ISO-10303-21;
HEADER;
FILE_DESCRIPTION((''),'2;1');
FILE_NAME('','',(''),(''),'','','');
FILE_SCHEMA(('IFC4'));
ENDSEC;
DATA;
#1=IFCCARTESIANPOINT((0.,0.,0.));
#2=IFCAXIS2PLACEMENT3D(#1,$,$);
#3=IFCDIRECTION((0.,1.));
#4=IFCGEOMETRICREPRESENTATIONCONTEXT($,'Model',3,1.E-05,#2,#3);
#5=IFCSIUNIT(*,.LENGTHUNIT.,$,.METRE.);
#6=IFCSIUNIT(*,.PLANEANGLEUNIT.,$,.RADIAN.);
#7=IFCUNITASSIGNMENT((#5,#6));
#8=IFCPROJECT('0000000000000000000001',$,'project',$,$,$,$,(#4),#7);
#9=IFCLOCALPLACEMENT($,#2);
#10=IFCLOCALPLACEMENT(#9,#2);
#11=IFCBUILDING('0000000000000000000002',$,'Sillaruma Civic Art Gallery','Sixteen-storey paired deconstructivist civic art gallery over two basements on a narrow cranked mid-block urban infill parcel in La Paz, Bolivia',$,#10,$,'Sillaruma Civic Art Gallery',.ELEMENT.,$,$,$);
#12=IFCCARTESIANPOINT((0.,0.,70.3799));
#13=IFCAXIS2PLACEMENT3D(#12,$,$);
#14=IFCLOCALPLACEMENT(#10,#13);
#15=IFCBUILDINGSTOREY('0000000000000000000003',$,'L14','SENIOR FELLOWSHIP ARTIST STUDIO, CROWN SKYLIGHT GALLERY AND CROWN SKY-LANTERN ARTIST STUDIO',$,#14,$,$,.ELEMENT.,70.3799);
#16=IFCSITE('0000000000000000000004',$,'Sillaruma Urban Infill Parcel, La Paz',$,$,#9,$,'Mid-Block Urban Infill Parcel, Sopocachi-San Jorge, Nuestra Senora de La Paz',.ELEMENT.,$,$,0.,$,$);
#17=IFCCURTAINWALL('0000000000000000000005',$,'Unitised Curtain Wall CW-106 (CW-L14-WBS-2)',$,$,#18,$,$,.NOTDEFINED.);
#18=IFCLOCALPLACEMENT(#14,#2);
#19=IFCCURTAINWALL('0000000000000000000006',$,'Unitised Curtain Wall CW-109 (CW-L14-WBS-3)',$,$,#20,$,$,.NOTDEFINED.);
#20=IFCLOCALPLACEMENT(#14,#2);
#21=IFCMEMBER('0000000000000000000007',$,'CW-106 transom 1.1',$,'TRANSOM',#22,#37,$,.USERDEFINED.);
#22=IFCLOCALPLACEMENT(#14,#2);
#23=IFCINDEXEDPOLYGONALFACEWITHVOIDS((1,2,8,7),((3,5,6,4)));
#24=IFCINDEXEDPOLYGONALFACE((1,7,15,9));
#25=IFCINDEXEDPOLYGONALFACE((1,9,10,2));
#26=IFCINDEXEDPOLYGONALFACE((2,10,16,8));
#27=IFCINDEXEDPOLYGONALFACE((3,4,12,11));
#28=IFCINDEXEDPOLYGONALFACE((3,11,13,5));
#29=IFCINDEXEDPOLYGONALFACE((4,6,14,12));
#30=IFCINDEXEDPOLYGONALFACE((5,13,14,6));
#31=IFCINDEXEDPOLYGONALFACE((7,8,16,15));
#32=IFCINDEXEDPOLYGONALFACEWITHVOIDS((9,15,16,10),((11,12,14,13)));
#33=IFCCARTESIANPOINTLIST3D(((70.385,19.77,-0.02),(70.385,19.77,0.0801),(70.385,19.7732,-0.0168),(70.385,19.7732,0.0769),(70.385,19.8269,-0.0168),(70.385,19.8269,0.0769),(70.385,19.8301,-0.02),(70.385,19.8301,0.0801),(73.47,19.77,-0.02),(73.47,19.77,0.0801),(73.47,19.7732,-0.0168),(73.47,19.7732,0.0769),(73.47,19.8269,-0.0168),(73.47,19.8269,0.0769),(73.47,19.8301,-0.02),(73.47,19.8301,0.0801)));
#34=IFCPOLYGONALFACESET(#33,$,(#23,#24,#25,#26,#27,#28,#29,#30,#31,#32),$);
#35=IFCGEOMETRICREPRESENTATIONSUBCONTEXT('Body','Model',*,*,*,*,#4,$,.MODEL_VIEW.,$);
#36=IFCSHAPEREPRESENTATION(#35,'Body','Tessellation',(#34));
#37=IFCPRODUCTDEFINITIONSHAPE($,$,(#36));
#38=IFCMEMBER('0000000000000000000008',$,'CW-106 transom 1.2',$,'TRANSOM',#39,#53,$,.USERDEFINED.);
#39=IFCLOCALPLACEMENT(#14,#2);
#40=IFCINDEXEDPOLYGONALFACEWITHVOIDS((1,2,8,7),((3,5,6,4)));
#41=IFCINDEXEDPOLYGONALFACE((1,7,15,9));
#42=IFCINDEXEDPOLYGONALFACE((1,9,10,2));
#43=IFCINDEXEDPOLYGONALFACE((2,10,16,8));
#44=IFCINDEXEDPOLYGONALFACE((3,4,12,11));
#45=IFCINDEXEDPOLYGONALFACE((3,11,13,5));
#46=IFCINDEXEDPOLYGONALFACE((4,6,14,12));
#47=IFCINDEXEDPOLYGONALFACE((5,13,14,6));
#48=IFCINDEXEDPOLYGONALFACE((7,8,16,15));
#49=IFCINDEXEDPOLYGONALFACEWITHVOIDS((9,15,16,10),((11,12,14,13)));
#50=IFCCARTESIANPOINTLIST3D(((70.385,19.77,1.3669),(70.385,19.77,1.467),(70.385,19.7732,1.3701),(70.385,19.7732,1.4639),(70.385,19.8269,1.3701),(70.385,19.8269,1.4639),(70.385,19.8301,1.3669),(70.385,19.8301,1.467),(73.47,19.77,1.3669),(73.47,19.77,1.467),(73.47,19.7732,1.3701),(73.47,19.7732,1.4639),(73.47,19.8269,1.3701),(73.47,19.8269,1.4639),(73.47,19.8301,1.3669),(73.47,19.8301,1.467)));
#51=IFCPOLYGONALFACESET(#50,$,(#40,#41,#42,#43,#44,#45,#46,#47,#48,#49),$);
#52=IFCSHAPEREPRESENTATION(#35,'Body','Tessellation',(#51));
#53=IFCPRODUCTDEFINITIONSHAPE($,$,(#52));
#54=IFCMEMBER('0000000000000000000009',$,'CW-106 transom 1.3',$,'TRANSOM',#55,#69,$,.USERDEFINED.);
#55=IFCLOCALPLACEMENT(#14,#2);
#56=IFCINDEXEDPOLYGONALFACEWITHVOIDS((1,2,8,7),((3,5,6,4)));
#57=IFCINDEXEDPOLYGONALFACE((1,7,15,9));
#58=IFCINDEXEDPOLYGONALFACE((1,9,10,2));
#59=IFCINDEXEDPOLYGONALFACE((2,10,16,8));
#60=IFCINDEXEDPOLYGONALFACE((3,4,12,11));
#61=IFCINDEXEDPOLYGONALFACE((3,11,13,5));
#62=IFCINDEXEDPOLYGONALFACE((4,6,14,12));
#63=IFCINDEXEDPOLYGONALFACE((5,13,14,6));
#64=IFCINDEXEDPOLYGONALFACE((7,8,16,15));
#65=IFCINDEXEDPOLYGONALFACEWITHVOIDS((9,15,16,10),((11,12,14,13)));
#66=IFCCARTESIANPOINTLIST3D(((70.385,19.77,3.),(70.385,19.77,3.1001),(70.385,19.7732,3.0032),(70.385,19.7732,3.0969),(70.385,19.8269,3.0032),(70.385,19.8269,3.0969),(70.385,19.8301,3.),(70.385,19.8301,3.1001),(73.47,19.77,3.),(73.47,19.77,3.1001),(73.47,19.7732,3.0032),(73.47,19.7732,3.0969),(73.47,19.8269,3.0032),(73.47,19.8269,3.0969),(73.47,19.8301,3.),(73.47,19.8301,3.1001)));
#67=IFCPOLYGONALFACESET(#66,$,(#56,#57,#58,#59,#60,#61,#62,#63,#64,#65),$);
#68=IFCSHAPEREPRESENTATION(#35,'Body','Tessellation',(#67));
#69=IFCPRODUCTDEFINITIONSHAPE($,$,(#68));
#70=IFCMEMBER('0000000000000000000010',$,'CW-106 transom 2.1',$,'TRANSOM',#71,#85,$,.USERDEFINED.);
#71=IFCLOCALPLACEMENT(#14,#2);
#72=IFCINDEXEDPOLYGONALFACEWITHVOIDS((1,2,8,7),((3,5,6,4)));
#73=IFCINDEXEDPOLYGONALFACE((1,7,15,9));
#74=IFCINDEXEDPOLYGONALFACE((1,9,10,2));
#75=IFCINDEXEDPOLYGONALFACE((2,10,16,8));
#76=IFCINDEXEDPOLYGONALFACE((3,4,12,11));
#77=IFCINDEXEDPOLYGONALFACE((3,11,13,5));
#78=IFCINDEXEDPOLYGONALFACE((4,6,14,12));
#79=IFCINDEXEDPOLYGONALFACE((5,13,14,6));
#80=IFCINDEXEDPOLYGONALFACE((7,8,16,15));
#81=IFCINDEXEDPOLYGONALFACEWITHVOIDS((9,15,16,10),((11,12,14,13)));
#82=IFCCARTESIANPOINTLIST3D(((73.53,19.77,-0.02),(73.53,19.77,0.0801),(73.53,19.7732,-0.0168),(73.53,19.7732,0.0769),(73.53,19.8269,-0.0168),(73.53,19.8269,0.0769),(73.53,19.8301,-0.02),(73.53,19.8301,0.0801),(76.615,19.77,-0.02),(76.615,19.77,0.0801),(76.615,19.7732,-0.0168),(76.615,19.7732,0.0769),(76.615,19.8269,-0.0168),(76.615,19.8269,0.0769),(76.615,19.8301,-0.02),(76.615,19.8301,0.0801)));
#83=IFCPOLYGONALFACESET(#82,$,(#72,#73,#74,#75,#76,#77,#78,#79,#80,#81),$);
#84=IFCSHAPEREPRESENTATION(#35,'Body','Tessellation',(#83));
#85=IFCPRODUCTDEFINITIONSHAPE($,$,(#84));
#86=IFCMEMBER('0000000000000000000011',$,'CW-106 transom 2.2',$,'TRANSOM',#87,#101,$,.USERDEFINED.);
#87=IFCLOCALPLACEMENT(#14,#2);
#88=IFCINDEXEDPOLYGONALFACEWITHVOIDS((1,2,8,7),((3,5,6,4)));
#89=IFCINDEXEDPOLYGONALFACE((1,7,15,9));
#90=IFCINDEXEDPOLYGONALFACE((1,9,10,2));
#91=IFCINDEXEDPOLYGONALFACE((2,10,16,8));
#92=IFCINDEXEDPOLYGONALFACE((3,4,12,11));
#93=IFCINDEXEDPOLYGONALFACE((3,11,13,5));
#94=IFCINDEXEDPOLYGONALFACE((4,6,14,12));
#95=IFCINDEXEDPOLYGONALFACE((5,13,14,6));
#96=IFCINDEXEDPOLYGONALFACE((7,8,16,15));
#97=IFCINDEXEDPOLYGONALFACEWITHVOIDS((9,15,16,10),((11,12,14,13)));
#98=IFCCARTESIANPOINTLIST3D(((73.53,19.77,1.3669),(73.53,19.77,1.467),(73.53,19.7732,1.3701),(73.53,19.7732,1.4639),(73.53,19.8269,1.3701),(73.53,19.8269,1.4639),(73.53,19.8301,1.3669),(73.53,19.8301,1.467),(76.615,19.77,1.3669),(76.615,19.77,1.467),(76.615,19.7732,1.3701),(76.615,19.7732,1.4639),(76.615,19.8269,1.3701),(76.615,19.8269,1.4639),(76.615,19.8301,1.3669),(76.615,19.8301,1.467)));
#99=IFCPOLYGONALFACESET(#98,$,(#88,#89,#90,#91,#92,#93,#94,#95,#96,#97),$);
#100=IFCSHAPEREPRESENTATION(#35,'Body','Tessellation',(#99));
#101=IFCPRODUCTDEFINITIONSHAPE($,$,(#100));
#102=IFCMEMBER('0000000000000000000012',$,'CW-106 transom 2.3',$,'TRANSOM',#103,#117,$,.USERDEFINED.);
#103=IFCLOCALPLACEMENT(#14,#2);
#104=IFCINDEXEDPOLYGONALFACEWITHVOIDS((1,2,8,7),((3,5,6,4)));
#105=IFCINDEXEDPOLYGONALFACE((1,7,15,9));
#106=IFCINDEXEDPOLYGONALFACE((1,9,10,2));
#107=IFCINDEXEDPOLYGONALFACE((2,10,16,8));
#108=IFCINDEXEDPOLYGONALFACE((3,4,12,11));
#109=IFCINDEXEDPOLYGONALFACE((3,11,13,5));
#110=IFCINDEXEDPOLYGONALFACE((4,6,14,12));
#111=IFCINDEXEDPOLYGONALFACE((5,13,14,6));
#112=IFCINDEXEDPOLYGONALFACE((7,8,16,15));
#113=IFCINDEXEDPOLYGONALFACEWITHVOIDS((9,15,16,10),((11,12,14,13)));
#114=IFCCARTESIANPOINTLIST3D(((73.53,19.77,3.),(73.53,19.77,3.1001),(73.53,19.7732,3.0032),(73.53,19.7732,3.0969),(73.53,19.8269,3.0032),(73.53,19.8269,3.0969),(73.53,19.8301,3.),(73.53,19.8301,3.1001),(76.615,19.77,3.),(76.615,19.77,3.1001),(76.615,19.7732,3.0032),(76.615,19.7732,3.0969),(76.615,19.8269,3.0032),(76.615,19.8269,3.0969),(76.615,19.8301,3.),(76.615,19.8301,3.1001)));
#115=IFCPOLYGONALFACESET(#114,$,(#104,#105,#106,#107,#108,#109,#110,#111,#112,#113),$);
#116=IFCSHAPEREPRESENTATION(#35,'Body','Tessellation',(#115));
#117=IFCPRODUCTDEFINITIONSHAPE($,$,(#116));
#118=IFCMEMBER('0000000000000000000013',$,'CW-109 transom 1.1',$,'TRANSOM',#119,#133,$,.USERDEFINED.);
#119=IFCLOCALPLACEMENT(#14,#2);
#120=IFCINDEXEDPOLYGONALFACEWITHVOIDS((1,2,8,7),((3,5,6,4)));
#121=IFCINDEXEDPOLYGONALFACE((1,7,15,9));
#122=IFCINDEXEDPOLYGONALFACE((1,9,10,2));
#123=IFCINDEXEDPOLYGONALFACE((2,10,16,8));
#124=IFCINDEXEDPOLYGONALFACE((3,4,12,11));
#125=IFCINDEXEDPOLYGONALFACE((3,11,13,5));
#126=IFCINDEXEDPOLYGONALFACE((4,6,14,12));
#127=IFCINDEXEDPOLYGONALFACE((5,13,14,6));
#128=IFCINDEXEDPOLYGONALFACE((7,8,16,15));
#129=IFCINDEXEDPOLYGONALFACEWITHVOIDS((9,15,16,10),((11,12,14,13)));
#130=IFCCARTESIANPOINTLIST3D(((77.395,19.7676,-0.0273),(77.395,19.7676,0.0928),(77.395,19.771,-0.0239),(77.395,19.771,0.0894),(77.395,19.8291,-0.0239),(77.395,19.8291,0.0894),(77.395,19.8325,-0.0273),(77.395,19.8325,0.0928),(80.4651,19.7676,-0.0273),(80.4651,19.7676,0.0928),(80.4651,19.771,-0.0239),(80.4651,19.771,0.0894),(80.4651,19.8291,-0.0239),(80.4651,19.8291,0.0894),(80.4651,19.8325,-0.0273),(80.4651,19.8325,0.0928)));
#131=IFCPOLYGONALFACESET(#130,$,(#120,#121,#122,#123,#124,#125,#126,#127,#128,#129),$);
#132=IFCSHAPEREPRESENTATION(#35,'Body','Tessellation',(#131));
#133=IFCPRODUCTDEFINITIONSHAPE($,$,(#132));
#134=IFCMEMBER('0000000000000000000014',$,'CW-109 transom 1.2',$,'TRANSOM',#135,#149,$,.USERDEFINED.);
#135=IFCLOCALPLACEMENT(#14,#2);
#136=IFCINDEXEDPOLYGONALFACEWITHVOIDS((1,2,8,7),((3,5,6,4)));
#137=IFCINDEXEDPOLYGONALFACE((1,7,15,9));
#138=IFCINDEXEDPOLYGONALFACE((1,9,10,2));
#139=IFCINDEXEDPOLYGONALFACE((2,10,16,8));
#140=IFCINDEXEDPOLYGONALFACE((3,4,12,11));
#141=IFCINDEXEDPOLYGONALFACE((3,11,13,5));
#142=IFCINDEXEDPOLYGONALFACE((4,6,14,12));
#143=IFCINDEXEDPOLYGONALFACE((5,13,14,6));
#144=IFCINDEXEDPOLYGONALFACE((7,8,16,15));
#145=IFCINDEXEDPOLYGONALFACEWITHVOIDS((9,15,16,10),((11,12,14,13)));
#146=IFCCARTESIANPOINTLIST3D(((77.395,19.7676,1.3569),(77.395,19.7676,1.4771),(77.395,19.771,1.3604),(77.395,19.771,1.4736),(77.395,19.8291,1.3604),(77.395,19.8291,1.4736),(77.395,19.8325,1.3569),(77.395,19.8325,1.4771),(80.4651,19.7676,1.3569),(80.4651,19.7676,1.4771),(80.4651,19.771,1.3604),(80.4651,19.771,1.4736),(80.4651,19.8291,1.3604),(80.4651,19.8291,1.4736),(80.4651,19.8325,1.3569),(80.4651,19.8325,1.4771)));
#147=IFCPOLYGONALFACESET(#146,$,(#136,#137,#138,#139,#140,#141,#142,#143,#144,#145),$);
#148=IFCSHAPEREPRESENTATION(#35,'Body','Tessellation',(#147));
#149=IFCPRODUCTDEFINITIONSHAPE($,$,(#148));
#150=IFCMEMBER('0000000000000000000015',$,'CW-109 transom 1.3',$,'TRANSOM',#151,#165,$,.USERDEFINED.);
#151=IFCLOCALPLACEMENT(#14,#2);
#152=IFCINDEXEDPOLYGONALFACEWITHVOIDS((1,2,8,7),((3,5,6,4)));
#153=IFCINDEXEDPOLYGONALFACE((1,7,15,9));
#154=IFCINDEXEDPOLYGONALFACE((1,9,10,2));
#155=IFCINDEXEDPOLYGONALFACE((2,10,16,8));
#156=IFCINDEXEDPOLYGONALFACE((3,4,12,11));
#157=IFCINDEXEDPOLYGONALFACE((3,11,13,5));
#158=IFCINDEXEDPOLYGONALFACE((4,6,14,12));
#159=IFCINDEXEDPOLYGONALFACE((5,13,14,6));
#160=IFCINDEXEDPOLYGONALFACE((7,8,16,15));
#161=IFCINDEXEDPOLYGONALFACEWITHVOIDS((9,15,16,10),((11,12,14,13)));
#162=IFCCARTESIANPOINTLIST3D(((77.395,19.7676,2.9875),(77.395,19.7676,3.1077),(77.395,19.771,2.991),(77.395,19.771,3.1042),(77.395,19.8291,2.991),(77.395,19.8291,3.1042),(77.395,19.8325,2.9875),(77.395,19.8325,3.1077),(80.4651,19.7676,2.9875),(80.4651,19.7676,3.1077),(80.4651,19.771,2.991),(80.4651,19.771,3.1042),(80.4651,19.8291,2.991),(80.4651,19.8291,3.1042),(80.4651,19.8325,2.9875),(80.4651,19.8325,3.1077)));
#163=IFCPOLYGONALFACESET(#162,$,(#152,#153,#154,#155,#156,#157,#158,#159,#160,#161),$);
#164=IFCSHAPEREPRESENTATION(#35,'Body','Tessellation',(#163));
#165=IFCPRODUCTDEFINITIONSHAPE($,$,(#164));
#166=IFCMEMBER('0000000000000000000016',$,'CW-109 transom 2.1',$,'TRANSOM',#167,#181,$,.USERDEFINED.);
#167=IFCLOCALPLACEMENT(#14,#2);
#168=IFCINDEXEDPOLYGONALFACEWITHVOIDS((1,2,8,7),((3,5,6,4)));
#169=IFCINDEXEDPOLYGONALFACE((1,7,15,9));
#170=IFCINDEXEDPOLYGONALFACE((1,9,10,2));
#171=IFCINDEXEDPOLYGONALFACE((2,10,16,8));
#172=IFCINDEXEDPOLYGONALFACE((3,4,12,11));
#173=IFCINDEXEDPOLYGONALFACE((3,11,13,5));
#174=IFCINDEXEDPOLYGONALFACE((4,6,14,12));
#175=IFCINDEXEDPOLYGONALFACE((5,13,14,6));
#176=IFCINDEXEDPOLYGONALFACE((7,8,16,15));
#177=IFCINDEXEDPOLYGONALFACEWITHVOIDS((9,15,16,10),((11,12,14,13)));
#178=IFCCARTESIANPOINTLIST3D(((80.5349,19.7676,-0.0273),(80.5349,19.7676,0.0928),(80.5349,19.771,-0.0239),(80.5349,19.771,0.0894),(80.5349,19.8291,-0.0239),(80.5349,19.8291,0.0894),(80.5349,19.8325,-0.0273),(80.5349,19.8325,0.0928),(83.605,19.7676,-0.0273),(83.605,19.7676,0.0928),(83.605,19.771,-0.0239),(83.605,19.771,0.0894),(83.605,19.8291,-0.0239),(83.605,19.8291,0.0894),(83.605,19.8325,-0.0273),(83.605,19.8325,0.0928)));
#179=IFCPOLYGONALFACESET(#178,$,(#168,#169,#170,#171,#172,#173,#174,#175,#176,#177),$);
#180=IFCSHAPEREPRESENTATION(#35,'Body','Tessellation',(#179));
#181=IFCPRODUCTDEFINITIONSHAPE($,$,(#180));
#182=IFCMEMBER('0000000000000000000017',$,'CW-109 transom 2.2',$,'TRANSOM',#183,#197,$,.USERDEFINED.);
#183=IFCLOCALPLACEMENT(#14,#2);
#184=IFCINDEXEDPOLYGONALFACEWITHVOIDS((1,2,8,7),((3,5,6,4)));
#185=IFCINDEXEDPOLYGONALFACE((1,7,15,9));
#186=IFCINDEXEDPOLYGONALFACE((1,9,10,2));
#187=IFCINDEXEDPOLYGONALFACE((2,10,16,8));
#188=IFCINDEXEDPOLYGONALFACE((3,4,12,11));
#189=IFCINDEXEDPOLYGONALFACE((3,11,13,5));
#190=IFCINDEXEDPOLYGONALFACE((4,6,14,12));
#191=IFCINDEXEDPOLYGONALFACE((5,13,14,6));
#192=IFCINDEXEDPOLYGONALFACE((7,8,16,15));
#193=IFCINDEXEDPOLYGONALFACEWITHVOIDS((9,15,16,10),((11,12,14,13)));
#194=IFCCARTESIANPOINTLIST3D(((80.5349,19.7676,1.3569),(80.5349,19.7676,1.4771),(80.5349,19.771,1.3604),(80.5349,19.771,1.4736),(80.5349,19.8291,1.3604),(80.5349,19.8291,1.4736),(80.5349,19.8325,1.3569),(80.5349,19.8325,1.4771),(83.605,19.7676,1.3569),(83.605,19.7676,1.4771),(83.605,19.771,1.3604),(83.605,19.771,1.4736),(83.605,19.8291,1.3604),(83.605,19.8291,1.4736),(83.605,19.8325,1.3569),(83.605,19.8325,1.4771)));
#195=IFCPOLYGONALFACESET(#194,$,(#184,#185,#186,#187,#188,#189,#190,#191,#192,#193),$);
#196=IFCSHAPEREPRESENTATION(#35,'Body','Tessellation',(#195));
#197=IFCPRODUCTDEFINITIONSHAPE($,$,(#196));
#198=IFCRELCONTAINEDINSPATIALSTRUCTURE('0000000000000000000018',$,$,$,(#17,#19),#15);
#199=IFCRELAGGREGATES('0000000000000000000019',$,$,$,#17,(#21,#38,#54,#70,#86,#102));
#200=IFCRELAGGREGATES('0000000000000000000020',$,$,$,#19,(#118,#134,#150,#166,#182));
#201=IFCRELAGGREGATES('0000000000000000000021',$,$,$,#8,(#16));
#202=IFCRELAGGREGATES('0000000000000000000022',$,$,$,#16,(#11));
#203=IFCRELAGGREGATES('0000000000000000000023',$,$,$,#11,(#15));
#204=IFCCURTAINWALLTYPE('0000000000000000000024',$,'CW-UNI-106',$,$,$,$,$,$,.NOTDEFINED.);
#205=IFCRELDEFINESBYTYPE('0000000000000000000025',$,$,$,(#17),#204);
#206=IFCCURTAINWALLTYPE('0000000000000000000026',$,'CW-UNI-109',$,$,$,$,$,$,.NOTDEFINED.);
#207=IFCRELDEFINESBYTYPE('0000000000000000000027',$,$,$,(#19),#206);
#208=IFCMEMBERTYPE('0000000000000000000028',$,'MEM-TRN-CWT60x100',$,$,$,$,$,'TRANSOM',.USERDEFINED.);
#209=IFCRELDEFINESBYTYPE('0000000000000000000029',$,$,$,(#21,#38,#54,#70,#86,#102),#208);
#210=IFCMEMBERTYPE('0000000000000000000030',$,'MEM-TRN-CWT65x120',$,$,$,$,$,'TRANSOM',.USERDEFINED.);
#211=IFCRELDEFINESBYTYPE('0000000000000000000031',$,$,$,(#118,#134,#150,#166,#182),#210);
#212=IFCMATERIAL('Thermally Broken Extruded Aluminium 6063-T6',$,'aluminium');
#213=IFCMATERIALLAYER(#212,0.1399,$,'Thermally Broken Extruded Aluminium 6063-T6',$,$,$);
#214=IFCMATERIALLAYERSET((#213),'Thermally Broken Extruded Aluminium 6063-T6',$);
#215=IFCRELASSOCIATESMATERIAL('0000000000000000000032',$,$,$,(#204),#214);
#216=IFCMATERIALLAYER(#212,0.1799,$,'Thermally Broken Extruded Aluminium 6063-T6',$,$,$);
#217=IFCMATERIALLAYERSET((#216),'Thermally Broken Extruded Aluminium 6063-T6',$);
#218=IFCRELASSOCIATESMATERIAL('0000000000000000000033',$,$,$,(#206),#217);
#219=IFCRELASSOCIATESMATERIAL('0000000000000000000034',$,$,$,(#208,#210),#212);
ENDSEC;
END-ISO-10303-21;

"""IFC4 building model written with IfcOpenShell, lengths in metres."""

from ifc_helpers import new_model, si_unit, direction, frame, origin, origin_2d, place, context, subcontext, project, spatial, hollow_rectangle, extrude, material, layer, layer_set, material_profile, profile_set, type_object, element, aggregate, save


model = new_model("IFC4")

# Units and contexts
model_context = context("Model", 3, precision=1e-05, world=origin(), true_north=direction((0.0, 1.0)))
body_context = subcontext(model_context, "Body", "Model", "MODEL_VIEW")
ifc_project = project(units=[si_unit("LENGTHUNIT", "METRE"), si_unit("PLANEANGLEUNIT", "RADIAN")], contexts=[model_context])

# Site, building, storey
site_placement = place(None, origin())
site = spatial("IfcSite", under=ifc_project, at=site_placement, Name="Sillaruma Urban Infill Parcel, La Paz", LongName="Mid-Block Urban Infill Parcel, Sopocachi-San Jorge, Nuestra Senora de La Paz", CompositionType="ELEMENT", RefElevation=0.0)
building_placement = place(site_placement, origin())
building = spatial("IfcBuilding", under=site, at=building_placement, Name="Sillaruma Civic Art Gallery", Description="Sixteen-storey paired deconstructivist civic art gallery over two basements on a narrow cranked mid-block urban infill parcel in La Paz, Bolivia", LongName="Sillaruma Civic Art Gallery", CompositionType="ELEMENT")
storey_placement = place(building_placement, frame((0.0, 0.0, 70.3799)))
storey = spatial("IfcBuildingStorey", under=building, at=storey_placement, Name="L14", Description="SENIOR FELLOWSHIP ARTIST STUDIO, CROWN SKYLIGHT GALLERY AND CROWN SKY-LANTERN ARTIST STUDIO", CompositionType="ELEMENT", Elevation=70.3799)

# Curtain walls
ifc_material_1 = material(Name="Thermally Broken Extruded Aluminium 6063-T6", Category="aluminium")
ifc_layer_1 = layer(ifc_material_1, 0.1399, Name="Thermally Broken Extruded Aluminium 6063-T6")
ifc_layer_set_1 = layer_set([ifc_layer_1], Name="Thermally Broken Extruded Aluminium 6063-T6")
curtain_wall_type_1 = type_object("IfcCurtainWallType", Name="CW-UNI-106", PredefinedType="NOTDEFINED", material=ifc_layer_set_1)
curtain_wall_1_placement = place(storey_placement, origin())
curtain_wall_1 = element("IfcCurtainWall", 1, at=curtain_wall_1_placement, inside=storey, type_object=curtain_wall_type_1, Name="Unitised Curtain Wall CW-106 (CW-L14-WBS-2)", PredefinedType="NOTDEFINED")
ifc_layer_2 = layer(ifc_material_1, 0.1799, Name="Thermally Broken Extruded Aluminium 6063-T6")
ifc_layer_set_2 = layer_set([ifc_layer_2], Name="Thermally Broken Extruded Aluminium 6063-T6")
curtain_wall_type_2 = type_object("IfcCurtainWallType", Name="CW-UNI-109", PredefinedType="NOTDEFINED", material=ifc_layer_set_2)
curtain_wall_2_placement = place(storey_placement, origin())
curtain_wall_2 = element("IfcCurtainWall", 2, at=curtain_wall_2_placement, inside=storey, type_object=curtain_wall_type_2, Name="Unitised Curtain Wall CW-109 (CW-L14-WBS-3)", PredefinedType="NOTDEFINED")

# Members
ifc_material_profile_1 = material_profile(ifc_material_1, hollow_rectangle(XDim=0.0601, YDim=0.1001, WallThickness=0.0032, at=origin_2d()), Name="CWT60x100")
ifc_profile_set_1 = profile_set([ifc_material_profile_1], Name="Thermally Broken Extruded Aluminium 6063-T6")
member_type_1 = type_object("IfcMemberType", Name="MEM-TRN-CWT60x100", ElementType="TRANSOM", PredefinedType="USERDEFINED", material=ifc_profile_set_1)
member_1_placement = place(storey_placement, frame((70.385, 19.8, 0.03), z_axis=(1.0, 0.0, 0.0), x_axis=(0.0, 1.0, 0.0)))
member_1 = element("IfcMember", 3, at=member_1_placement, type_object=member_type_1, Name="CW-106 transom 1.1", ObjectType="TRANSOM", PredefinedType="USERDEFINED", context=body_context, shape_type="SweptSolid", body=[
    extrude(hollow_rectangle(XDim=0.0601, YDim=0.1001, WallThickness=0.0032, at=origin_2d()), origin(), (0.0, 0.0, 1.0), 3.085),
])
member_2_placement = place(storey_placement, frame((70.385, 19.8, 1.417), z_axis=(1.0, 0.0, 0.0), x_axis=(0.0, 1.0, 0.0)))
member_2 = element("IfcMember", 4, at=member_2_placement, type_object=member_type_1, Name="CW-106 transom 1.2", ObjectType="TRANSOM", PredefinedType="USERDEFINED", context=body_context, shape_type="SweptSolid", body=[
    extrude(hollow_rectangle(XDim=0.0601, YDim=0.1001, WallThickness=0.0032, at=origin_2d()), origin(), (0.0, 0.0, 1.0), 3.085),
])
member_3_placement = place(storey_placement, frame((70.385, 19.8, 3.05), z_axis=(1.0, 0.0, 0.0), x_axis=(0.0, 1.0, 0.0)))
member_3 = element("IfcMember", 5, at=member_3_placement, type_object=member_type_1, Name="CW-106 transom 1.3", ObjectType="TRANSOM", PredefinedType="USERDEFINED", context=body_context, shape_type="SweptSolid", body=[
    extrude(hollow_rectangle(XDim=0.0601, YDim=0.1001, WallThickness=0.0032, at=origin_2d()), origin(), (0.0, 0.0, 1.0), 3.085),
])
member_4_placement = place(storey_placement, frame((73.53, 19.8, 0.03), z_axis=(1.0, 0.0, 0.0), x_axis=(0.0, 1.0, 0.0)))
member_4 = element("IfcMember", 6, at=member_4_placement, type_object=member_type_1, Name="CW-106 transom 2.1", ObjectType="TRANSOM", PredefinedType="USERDEFINED", context=body_context, shape_type="SweptSolid", body=[
    extrude(hollow_rectangle(XDim=0.0601, YDim=0.1001, WallThickness=0.0032, at=origin_2d()), origin(), (0.0, 0.0, 1.0), 3.085),
])
member_5_placement = place(storey_placement, frame((73.53, 19.8, 1.417), z_axis=(1.0, 0.0, 0.0), x_axis=(0.0, 1.0, 0.0)))
member_5 = element("IfcMember", 7, at=member_5_placement, type_object=member_type_1, Name="CW-106 transom 2.2", ObjectType="TRANSOM", PredefinedType="USERDEFINED", context=body_context, shape_type="SweptSolid", body=[
    extrude(hollow_rectangle(XDim=0.0601, YDim=0.1001, WallThickness=0.0032, at=origin_2d()), origin(), (0.0, 0.0, 1.0), 3.085),
])
member_6_placement = place(storey_placement, frame((73.53, 19.8, 3.05), z_axis=(1.0, 0.0, 0.0), x_axis=(0.0, 1.0, 0.0)))
member_6 = element("IfcMember", 8, at=member_6_placement, type_object=member_type_1, Name="CW-106 transom 2.3", ObjectType="TRANSOM", PredefinedType="USERDEFINED", context=body_context, shape_type="SweptSolid", body=[
    extrude(hollow_rectangle(XDim=0.0601, YDim=0.1001, WallThickness=0.0032, at=origin_2d()), origin(), (0.0, 0.0, 1.0), 3.085),
])
ifc_material_profile_2 = material_profile(ifc_material_1, hollow_rectangle(XDim=0.0649, YDim=0.1201, WallThickness=0.0034, at=origin_2d()), Name="CWT65x120")
ifc_profile_set_2 = profile_set([ifc_material_profile_2], Name="Thermally Broken Extruded Aluminium 6063-T6")
member_type_2 = type_object("IfcMemberType", Name="MEM-TRN-CWT65x120", ElementType="TRANSOM", PredefinedType="USERDEFINED", material=ifc_profile_set_2)
member_7_placement = place(storey_placement, frame((77.395, 19.8, 0.0327), z_axis=(1.0, 0.0, 0.0), x_axis=(0.0, 1.0, 0.0)))
member_7 = element("IfcMember", 9, at=member_7_placement, type_object=member_type_2, Name="CW-109 transom 1.1", ObjectType="TRANSOM", PredefinedType="USERDEFINED", context=body_context, shape_type="SweptSolid", body=[
    extrude(hollow_rectangle(XDim=0.0649, YDim=0.1201, WallThickness=0.0034, at=origin_2d()), origin(), (0.0, 0.0, 1.0), 3.0701),
])
member_8_placement = place(storey_placement, frame((77.395, 19.8, 1.417), z_axis=(1.0, 0.0, 0.0), x_axis=(0.0, 1.0, 0.0)))
member_8 = element("IfcMember", 10, at=member_8_placement, type_object=member_type_2, Name="CW-109 transom 1.2", ObjectType="TRANSOM", PredefinedType="USERDEFINED", context=body_context, shape_type="SweptSolid", body=[
    extrude(hollow_rectangle(XDim=0.0649, YDim=0.1201, WallThickness=0.0034, at=origin_2d()), origin(), (0.0, 0.0, 1.0), 3.0701),
])
member_9_placement = place(storey_placement, frame((77.395, 19.8, 3.0476), z_axis=(1.0, 0.0, 0.0), x_axis=(0.0, 1.0, 0.0)))
member_9 = element("IfcMember", 11, at=member_9_placement, type_object=member_type_2, Name="CW-109 transom 1.3", ObjectType="TRANSOM", PredefinedType="USERDEFINED", context=body_context, shape_type="SweptSolid", body=[
    extrude(hollow_rectangle(XDim=0.0649, YDim=0.1201, WallThickness=0.0034, at=origin_2d()), origin(), (0.0, 0.0, 1.0), 3.0701),
])
member_10_placement = place(storey_placement, frame((80.5349, 19.8, 0.0327), z_axis=(1.0, 0.0, 0.0), x_axis=(0.0, 1.0, 0.0)))
member_10 = element("IfcMember", 12, at=member_10_placement, type_object=member_type_2, Name="CW-109 transom 2.1", ObjectType="TRANSOM", PredefinedType="USERDEFINED", context=body_context, shape_type="SweptSolid", body=[
    extrude(hollow_rectangle(XDim=0.0649, YDim=0.1201, WallThickness=0.0034, at=origin_2d()), origin(), (0.0, 0.0, 1.0), 3.0701),
])
member_11_placement = place(storey_placement, frame((80.5349, 19.8, 1.417), z_axis=(1.0, 0.0, 0.0), x_axis=(0.0, 1.0, 0.0)))
member_11 = element("IfcMember", 13, at=member_11_placement, type_object=member_type_2, Name="CW-109 transom 2.2", ObjectType="TRANSOM", PredefinedType="USERDEFINED", context=body_context, shape_type="SweptSolid", body=[
    extrude(hollow_rectangle(XDim=0.0649, YDim=0.1201, WallThickness=0.0034, at=origin_2d()), origin(), (0.0, 0.0, 1.0), 3.0701),
])

aggregate(curtain_wall_1, [member_1, member_2, member_3, member_4, member_5, member_6])
aggregate(curtain_wall_2, [member_7, member_8, member_9, member_10, member_11])

save(model, "model.ifc")
